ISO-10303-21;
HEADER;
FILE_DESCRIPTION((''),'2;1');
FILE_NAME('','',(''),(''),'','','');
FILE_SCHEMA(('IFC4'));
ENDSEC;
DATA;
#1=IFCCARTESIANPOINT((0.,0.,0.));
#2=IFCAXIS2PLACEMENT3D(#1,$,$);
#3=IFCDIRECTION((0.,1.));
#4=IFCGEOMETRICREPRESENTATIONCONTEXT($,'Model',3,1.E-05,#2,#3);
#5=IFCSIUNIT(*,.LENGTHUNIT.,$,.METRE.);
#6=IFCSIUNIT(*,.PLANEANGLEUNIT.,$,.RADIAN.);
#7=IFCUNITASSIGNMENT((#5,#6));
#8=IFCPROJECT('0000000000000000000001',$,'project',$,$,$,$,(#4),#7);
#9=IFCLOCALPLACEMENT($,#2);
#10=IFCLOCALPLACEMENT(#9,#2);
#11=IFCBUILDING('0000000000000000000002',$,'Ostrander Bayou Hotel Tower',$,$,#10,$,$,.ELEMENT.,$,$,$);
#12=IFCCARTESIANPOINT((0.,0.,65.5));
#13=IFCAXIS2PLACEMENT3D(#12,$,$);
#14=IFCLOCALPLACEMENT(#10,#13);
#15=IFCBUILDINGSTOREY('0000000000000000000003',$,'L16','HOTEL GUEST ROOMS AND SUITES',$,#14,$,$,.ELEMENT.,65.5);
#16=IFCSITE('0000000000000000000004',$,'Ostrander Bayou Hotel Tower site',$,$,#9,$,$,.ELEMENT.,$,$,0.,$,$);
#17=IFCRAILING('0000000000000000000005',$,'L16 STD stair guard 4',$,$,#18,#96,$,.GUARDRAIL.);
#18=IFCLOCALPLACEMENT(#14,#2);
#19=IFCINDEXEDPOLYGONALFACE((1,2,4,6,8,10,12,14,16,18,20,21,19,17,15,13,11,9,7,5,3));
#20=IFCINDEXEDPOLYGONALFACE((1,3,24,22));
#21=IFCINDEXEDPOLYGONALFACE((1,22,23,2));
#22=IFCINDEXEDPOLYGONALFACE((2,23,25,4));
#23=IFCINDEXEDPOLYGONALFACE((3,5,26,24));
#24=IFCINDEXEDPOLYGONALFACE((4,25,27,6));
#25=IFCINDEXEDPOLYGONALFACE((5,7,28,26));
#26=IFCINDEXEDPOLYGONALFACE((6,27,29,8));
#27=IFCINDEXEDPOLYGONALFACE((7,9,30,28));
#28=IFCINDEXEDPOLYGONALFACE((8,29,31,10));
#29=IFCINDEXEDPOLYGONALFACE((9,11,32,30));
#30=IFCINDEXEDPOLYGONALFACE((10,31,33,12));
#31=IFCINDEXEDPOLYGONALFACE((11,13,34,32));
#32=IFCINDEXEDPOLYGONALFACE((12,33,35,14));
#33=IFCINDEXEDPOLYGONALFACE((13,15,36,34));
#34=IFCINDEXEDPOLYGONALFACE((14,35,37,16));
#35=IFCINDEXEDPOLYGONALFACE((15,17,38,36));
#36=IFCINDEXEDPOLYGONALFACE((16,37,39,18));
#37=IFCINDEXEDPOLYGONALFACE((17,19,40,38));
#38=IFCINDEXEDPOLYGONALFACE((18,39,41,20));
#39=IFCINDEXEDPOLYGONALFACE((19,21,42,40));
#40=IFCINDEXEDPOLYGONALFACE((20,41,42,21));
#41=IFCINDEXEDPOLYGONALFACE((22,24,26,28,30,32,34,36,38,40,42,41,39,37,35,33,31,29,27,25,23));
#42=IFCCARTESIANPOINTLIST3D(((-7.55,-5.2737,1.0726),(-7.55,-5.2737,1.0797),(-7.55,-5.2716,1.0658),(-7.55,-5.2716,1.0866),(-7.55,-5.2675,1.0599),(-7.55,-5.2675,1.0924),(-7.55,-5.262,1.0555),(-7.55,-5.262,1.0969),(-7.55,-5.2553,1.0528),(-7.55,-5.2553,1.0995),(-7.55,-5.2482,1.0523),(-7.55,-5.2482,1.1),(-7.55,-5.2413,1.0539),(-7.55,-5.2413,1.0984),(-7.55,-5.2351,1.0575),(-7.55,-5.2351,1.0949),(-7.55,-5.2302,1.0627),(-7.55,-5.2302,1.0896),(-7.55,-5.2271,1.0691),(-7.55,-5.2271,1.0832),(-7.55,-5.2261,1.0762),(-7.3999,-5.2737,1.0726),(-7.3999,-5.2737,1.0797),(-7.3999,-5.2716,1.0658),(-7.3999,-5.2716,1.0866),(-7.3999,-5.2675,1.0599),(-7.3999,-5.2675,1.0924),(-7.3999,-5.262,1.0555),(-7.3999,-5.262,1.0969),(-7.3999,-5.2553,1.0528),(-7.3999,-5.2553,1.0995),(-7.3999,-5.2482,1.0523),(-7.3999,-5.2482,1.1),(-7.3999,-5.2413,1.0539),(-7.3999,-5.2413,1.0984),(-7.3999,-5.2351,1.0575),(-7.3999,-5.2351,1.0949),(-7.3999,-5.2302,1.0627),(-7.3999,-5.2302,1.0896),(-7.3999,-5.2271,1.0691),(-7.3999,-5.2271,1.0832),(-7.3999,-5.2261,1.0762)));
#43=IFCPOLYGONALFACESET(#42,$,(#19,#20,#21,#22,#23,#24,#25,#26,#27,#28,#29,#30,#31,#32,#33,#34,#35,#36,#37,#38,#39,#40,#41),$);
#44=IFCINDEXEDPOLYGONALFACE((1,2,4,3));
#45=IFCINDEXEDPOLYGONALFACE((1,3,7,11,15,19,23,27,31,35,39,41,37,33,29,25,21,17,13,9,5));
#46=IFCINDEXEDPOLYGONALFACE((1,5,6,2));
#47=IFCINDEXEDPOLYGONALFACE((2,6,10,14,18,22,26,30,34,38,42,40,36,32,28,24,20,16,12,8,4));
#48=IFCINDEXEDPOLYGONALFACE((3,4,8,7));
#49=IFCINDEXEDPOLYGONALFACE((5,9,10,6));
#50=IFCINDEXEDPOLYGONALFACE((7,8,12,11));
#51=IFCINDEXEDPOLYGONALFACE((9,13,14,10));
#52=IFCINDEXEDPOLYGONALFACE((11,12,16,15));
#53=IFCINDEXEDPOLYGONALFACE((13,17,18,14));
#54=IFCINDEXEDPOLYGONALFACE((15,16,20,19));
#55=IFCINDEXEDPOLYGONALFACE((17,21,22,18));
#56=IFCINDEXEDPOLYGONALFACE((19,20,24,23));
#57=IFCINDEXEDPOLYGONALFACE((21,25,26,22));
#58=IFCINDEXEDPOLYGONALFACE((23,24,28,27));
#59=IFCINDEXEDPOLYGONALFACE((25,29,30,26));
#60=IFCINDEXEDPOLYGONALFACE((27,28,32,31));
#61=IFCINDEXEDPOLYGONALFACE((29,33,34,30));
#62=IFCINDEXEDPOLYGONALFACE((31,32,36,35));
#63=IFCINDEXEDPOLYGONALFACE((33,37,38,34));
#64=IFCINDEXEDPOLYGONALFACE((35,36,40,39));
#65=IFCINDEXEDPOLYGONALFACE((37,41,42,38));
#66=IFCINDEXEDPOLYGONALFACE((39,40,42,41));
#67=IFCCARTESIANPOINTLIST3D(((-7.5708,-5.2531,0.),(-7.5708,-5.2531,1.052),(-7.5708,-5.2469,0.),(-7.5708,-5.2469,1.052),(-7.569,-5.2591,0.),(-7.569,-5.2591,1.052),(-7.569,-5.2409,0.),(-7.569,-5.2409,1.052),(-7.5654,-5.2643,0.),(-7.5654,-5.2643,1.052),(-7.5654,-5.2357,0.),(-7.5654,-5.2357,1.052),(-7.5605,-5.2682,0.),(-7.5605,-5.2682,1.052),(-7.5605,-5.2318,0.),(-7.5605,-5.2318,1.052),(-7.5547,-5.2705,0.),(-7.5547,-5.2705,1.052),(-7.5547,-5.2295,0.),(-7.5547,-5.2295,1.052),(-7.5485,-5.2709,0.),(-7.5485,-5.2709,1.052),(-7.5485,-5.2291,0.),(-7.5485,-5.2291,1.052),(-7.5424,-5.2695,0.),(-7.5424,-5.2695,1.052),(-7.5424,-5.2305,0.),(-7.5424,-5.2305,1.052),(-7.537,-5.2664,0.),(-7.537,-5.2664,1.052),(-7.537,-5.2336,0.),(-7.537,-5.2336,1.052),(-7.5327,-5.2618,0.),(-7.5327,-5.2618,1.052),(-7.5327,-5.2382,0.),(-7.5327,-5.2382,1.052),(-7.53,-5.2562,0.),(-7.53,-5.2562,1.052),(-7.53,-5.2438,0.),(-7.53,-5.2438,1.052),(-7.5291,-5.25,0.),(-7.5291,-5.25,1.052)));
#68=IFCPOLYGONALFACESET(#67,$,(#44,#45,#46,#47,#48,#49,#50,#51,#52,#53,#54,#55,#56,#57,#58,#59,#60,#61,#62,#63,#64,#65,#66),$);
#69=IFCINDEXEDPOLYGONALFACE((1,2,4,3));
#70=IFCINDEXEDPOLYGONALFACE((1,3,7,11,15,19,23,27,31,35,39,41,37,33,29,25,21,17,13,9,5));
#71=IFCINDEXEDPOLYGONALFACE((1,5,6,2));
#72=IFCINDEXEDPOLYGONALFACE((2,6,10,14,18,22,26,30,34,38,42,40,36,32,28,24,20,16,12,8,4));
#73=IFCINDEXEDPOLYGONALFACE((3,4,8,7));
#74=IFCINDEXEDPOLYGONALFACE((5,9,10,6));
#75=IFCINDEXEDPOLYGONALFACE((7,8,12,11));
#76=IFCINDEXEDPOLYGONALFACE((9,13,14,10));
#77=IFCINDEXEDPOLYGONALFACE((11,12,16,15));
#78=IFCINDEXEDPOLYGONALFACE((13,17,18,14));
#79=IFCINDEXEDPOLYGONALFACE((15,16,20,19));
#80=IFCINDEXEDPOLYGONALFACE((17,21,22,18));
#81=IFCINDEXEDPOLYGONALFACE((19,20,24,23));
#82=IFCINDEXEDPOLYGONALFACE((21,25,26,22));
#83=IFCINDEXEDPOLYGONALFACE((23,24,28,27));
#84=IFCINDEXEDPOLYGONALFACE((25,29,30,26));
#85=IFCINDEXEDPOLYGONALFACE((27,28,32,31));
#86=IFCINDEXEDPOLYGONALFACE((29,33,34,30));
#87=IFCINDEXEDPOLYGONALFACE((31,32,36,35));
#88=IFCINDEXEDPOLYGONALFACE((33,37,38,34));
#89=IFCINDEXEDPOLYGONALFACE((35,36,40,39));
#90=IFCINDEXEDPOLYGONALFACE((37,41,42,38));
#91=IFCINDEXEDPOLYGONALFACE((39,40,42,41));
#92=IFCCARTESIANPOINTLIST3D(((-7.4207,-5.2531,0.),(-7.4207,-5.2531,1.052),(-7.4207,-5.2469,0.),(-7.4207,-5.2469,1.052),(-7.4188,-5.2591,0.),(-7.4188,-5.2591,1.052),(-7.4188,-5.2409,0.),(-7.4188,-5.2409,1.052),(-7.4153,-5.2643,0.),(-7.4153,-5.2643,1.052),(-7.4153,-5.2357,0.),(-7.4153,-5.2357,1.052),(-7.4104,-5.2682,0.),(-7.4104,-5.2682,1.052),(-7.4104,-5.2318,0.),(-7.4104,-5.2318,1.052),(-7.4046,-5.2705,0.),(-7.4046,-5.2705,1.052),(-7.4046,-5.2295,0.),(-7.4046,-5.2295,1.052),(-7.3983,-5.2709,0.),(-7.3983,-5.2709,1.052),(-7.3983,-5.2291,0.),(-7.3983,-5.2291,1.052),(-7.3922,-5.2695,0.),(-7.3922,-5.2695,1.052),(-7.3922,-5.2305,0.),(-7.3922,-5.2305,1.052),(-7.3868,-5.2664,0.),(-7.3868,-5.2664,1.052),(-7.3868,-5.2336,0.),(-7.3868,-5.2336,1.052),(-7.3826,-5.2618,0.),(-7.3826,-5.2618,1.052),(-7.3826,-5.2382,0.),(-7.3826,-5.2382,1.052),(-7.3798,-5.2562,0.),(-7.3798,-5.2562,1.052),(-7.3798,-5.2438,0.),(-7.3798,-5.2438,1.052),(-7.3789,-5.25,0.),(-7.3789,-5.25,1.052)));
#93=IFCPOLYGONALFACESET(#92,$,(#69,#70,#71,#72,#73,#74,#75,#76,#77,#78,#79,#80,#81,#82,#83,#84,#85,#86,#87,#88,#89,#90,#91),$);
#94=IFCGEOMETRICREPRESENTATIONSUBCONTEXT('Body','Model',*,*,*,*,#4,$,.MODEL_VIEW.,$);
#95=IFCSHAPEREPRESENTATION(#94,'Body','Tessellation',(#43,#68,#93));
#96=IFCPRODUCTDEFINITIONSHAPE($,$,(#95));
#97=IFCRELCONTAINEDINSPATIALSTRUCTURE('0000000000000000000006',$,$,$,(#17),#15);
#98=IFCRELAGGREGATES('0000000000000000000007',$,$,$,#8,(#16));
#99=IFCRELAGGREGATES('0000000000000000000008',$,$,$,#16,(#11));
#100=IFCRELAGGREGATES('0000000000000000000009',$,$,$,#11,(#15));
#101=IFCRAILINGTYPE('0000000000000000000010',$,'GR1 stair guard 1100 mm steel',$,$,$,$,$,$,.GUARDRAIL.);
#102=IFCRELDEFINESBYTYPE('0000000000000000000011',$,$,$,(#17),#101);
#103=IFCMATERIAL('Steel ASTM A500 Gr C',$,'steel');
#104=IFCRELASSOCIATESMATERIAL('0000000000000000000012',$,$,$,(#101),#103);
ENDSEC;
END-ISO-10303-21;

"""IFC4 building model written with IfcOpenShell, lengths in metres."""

from ifc_helpers import new_model, si_unit, direction, frame, origin, origin_2d, place, context, subcontext, project, spatial, circle, extrude, material, type_object, element, save


model = new_model("IFC4")

# Units and contexts
model_context = context("Model", 3, precision=1e-05, world=origin(), true_north=direction((0.0, 1.0)))
body_context = subcontext(model_context, "Body", "Model", "MODEL_VIEW")
ifc_project = project(units=[si_unit("LENGTHUNIT", "METRE"), si_unit("PLANEANGLEUNIT", "RADIAN")], contexts=[model_context])

# Site, building, storey
site_placement = place(None, origin())
site = spatial("IfcSite", under=ifc_project, at=site_placement, Name="Ostrander Bayou Hotel Tower site", CompositionType="ELEMENT", RefElevation=0.0)
building_placement = place(site_placement, origin())
building = spatial("IfcBuilding", under=site, at=building_placement, Name="Ostrander Bayou Hotel Tower", CompositionType="ELEMENT")
storey_placement = place(building_placement, frame((0.0, 0.0, 65.5)))
storey = spatial("IfcBuildingStorey", under=building, at=storey_placement, Name="L16", Description="HOTEL GUEST ROOMS AND SUITES", CompositionType="ELEMENT", Elevation=65.5)

# Railing
ifc_material_1 = material(Name="Steel ASTM A500 Gr C", Category="steel")
railing_type_1 = type_object("IfcRailingType", Name="GR1 stair guard 1100 mm steel", PredefinedType="GUARDRAIL", material=ifc_material_1)
railing_1_placement = place(storey_placement, frame((-7.55, -5.25, 0.0)))
element("IfcRailing", 1, at=railing_1_placement, inside=storey, type_object=railing_type_1, Name="L16 STD stair guard 4", PredefinedType="GUARDRAIL", context=body_context, shape_type="SweptSolid", body=[
    extrude(circle(Radius=0.0239, at=origin_2d()), frame((0.0, 0.0, 1.0762), z_axis=(1.0, 0.0, 0.0), x_axis=(0.0, 1.0, 0.0)), (0.0, 0.0, 1.0), 0.1501),
    extrude(circle(Radius=0.021, at=origin_2d()), origin(), (0.0, 0.0, 1.0), 1.052),
    extrude(circle(Radius=0.021, at=origin_2d()), frame((0.1501, 0.0, 0.0)), (0.0, 0.0, 1.0), 1.052),
])

save(model, "model.ifc")
